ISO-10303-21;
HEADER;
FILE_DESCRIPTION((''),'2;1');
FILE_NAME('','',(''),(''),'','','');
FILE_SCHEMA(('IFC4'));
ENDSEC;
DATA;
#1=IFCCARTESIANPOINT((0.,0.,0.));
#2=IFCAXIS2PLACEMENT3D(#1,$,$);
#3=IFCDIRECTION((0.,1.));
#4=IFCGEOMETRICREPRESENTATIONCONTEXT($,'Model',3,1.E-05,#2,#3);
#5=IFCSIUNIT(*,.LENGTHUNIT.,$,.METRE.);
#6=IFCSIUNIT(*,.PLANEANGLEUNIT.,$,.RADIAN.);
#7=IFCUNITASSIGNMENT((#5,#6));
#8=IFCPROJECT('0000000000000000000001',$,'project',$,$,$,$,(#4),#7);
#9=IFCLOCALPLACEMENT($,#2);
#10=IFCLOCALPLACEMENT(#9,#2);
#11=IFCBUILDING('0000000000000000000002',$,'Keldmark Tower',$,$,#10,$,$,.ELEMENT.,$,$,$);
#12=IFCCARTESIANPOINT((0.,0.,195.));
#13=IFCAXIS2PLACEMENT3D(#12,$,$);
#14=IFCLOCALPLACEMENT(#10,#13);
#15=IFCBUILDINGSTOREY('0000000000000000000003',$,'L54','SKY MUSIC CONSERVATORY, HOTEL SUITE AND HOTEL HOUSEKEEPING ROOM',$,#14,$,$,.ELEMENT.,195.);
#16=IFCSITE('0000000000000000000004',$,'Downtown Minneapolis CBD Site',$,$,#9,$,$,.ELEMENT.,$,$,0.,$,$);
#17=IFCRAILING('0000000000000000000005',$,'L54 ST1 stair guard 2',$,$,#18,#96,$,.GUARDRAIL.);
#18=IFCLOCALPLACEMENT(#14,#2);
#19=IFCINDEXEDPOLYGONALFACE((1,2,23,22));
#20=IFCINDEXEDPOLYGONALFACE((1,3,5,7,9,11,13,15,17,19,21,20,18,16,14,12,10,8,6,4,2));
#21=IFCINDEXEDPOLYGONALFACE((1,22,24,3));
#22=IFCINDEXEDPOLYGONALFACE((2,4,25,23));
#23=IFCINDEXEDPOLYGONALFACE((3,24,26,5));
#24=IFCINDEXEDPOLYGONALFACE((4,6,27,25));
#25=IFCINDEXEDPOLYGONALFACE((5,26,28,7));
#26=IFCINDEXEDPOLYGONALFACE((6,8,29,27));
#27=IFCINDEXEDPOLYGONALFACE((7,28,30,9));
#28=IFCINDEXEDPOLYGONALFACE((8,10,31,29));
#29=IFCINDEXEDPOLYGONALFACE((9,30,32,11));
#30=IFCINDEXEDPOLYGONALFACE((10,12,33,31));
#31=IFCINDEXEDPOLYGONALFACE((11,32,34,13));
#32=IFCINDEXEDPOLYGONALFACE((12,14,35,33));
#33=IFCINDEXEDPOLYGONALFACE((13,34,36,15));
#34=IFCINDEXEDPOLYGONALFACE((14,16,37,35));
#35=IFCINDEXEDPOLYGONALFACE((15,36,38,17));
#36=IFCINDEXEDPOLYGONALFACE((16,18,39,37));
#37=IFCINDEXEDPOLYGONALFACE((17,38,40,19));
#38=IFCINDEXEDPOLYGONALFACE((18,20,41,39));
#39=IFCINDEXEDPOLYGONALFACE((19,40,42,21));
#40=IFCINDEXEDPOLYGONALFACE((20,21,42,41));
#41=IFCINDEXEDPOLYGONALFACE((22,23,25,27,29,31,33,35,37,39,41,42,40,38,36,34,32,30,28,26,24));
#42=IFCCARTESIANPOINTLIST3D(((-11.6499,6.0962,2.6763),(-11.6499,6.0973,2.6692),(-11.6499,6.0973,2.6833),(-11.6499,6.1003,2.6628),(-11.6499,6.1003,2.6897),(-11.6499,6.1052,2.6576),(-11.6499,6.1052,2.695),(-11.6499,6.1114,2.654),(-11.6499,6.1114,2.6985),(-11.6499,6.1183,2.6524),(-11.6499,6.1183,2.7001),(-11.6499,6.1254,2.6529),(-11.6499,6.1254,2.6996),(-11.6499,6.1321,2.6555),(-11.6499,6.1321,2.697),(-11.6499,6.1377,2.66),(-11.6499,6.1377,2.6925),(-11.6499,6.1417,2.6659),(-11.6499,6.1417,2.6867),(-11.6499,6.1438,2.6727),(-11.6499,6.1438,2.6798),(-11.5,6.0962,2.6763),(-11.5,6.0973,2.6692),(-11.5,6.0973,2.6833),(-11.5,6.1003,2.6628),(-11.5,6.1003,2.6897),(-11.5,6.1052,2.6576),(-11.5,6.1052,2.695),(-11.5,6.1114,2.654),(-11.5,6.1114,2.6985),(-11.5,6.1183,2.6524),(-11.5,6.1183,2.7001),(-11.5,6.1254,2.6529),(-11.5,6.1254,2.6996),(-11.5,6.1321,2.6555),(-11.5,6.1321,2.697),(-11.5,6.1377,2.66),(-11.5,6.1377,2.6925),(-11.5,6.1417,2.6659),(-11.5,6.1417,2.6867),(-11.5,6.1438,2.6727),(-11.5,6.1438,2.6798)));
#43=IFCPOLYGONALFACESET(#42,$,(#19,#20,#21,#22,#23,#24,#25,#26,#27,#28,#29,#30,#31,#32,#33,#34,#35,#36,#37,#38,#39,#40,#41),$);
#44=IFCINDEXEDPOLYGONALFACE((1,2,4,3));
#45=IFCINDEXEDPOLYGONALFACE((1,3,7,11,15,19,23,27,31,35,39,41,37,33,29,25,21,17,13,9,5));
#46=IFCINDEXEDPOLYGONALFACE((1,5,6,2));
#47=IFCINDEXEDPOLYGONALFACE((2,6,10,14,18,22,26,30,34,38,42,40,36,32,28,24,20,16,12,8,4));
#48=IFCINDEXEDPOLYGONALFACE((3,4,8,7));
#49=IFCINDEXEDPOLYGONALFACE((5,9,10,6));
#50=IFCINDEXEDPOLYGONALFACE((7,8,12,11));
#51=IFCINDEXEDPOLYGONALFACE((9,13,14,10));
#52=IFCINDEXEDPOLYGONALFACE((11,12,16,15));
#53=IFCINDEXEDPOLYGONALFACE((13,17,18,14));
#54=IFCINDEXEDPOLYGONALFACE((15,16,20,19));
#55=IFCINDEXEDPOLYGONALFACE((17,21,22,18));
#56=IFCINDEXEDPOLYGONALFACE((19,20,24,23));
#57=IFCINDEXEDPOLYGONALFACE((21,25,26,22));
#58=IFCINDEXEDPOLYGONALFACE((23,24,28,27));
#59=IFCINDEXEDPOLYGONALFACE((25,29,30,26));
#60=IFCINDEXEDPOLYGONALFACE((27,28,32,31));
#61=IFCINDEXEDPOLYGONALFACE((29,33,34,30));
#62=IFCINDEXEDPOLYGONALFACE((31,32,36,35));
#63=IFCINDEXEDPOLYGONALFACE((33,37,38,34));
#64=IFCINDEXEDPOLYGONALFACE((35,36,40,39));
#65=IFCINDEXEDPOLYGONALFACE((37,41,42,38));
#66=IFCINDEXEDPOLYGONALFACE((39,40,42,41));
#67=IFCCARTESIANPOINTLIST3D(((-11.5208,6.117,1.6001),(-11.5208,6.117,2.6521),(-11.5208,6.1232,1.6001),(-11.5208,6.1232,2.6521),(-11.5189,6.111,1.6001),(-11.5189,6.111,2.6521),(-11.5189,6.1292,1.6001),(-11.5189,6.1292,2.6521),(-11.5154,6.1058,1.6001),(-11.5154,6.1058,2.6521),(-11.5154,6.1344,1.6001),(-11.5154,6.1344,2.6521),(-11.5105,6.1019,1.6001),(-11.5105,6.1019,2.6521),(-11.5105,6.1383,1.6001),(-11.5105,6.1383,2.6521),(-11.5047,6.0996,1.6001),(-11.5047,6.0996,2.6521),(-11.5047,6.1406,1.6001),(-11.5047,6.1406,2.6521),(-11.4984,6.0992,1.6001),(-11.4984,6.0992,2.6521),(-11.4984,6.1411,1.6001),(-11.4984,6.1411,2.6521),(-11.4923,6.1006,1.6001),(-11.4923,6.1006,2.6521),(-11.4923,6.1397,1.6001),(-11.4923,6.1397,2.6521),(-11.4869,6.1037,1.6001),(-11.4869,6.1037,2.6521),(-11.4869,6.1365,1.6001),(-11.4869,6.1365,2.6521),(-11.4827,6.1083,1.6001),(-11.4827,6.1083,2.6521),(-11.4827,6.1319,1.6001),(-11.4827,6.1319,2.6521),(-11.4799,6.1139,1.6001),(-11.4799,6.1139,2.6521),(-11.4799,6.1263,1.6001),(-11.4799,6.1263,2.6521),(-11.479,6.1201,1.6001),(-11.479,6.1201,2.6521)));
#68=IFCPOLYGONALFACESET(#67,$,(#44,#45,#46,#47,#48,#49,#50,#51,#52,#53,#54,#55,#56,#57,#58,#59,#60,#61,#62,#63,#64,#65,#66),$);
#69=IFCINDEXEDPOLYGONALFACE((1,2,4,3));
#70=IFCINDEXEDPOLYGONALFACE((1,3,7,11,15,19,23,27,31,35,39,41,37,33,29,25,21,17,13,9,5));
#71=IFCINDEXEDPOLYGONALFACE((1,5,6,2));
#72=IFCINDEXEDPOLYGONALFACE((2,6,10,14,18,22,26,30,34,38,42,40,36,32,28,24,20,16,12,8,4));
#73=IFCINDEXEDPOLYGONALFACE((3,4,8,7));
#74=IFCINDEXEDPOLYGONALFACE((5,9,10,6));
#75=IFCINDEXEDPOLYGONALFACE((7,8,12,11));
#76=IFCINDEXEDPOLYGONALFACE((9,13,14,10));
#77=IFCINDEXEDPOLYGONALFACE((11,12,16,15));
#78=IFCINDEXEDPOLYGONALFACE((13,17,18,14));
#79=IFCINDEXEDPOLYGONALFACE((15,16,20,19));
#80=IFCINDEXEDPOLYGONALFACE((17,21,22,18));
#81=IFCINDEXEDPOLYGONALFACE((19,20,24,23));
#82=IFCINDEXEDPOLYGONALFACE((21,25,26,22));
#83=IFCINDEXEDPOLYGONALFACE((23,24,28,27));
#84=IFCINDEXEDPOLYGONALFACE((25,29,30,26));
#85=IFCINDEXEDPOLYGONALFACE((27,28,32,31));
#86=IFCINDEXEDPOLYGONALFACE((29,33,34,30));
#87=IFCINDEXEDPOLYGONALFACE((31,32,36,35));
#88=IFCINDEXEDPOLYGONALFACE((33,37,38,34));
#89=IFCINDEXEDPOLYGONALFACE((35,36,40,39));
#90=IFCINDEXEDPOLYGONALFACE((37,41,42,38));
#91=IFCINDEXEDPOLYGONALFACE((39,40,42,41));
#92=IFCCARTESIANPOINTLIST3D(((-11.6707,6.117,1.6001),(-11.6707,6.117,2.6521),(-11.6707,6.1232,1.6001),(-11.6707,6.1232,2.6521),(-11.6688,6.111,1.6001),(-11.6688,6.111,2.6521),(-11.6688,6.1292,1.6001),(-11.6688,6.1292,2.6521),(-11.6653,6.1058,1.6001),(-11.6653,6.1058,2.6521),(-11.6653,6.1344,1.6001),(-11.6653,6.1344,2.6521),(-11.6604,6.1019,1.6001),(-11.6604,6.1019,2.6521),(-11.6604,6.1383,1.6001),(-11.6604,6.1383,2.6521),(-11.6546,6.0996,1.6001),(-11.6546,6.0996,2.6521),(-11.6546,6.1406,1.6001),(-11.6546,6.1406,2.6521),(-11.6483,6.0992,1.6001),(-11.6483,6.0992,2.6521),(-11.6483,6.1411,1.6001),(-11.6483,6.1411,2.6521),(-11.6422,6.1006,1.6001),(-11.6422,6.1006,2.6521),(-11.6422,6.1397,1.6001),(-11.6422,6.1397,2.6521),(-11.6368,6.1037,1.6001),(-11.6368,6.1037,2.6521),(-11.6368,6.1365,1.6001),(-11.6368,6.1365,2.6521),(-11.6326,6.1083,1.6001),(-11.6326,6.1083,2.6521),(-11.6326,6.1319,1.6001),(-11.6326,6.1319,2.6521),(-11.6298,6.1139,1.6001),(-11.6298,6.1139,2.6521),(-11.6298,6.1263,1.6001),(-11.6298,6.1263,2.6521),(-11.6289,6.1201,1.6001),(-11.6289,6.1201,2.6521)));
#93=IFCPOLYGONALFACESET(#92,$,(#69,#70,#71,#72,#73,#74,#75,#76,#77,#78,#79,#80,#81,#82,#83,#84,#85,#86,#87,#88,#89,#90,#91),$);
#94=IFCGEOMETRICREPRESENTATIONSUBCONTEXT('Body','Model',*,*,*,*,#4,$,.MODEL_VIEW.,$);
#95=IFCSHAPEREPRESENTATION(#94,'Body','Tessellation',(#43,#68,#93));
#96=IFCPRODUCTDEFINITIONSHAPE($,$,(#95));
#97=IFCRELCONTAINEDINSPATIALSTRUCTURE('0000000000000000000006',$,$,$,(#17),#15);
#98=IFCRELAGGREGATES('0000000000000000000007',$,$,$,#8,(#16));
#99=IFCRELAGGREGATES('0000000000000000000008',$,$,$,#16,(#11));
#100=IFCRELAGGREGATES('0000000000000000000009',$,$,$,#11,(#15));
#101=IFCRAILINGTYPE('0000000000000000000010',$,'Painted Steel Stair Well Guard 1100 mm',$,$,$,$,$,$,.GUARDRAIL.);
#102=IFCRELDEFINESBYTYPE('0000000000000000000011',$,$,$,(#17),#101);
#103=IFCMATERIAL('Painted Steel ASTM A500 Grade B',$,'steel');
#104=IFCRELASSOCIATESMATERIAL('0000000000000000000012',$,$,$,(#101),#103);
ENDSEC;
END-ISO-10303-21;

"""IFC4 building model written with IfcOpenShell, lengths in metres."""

from ifc_helpers import new_model, si_unit, direction, frame, origin, origin_2d, place, context, subcontext, project, spatial, circle, extrude, material, type_object, element, save


model = new_model("IFC4")

# Units and contexts
model_context = context("Model", 3, precision=1e-05, world=origin(), true_north=direction((0.0, 1.0)))
body_context = subcontext(model_context, "Body", "Model", "MODEL_VIEW")
ifc_project = project(units=[si_unit("LENGTHUNIT", "METRE"), si_unit("PLANEANGLEUNIT", "RADIAN")], contexts=[model_context])

# Site, building, storey
site_placement = place(None, origin())
site = spatial("IfcSite", under=ifc_project, at=site_placement, Name="Downtown Minneapolis CBD Site", CompositionType="ELEMENT", RefElevation=0.0)
building_placement = place(site_placement, origin())
building = spatial("IfcBuilding", under=site, at=building_placement, Name="Keldmark Tower", CompositionType="ELEMENT")
storey_placement = place(building_placement, frame((0.0, 0.0, 195.0)))
storey = spatial("IfcBuildingStorey", under=building, at=storey_placement, Name="L54", Description="SKY MUSIC CONSERVATORY, HOTEL SUITE AND HOTEL HOUSEKEEPING ROOM", CompositionType="ELEMENT", Elevation=195.0)

# Railing
ifc_material_1 = material(Name="Painted Steel ASTM A500 Grade B", Category="steel")
railing_type_1 = type_object("IfcRailingType", Name="Painted Steel Stair Well Guard 1100 mm", PredefinedType="GUARDRAIL", material=ifc_material_1)
railing_1_placement = place(storey_placement, frame((-11.5, 6.1201, 1.6001)))
element("IfcRailing", 1, at=railing_1_placement, inside=storey, type_object=railing_type_1, Name="L54 ST1 stair guard 2", PredefinedType="GUARDRAIL", context=body_context, shape_type="SweptSolid", body=[
    extrude(circle(Radius=0.0239, at=origin_2d()), frame((0.0, 0.0, 1.0762), z_axis=(-1.0, 0.0, 0.0), x_axis=(0.0, -1.0, 0.0)), (0.0, 0.0, 1.0), 0.1499),
    extrude(circle(Radius=0.021, at=origin_2d()), origin(), (0.0, 0.0, 1.0), 1.052),
    extrude(circle(Radius=0.021, at=origin_2d()), frame((-0.1499, 0.0, 0.0)), (0.0, 0.0, 1.0), 1.052),
])

save(model, "model.ifc")
